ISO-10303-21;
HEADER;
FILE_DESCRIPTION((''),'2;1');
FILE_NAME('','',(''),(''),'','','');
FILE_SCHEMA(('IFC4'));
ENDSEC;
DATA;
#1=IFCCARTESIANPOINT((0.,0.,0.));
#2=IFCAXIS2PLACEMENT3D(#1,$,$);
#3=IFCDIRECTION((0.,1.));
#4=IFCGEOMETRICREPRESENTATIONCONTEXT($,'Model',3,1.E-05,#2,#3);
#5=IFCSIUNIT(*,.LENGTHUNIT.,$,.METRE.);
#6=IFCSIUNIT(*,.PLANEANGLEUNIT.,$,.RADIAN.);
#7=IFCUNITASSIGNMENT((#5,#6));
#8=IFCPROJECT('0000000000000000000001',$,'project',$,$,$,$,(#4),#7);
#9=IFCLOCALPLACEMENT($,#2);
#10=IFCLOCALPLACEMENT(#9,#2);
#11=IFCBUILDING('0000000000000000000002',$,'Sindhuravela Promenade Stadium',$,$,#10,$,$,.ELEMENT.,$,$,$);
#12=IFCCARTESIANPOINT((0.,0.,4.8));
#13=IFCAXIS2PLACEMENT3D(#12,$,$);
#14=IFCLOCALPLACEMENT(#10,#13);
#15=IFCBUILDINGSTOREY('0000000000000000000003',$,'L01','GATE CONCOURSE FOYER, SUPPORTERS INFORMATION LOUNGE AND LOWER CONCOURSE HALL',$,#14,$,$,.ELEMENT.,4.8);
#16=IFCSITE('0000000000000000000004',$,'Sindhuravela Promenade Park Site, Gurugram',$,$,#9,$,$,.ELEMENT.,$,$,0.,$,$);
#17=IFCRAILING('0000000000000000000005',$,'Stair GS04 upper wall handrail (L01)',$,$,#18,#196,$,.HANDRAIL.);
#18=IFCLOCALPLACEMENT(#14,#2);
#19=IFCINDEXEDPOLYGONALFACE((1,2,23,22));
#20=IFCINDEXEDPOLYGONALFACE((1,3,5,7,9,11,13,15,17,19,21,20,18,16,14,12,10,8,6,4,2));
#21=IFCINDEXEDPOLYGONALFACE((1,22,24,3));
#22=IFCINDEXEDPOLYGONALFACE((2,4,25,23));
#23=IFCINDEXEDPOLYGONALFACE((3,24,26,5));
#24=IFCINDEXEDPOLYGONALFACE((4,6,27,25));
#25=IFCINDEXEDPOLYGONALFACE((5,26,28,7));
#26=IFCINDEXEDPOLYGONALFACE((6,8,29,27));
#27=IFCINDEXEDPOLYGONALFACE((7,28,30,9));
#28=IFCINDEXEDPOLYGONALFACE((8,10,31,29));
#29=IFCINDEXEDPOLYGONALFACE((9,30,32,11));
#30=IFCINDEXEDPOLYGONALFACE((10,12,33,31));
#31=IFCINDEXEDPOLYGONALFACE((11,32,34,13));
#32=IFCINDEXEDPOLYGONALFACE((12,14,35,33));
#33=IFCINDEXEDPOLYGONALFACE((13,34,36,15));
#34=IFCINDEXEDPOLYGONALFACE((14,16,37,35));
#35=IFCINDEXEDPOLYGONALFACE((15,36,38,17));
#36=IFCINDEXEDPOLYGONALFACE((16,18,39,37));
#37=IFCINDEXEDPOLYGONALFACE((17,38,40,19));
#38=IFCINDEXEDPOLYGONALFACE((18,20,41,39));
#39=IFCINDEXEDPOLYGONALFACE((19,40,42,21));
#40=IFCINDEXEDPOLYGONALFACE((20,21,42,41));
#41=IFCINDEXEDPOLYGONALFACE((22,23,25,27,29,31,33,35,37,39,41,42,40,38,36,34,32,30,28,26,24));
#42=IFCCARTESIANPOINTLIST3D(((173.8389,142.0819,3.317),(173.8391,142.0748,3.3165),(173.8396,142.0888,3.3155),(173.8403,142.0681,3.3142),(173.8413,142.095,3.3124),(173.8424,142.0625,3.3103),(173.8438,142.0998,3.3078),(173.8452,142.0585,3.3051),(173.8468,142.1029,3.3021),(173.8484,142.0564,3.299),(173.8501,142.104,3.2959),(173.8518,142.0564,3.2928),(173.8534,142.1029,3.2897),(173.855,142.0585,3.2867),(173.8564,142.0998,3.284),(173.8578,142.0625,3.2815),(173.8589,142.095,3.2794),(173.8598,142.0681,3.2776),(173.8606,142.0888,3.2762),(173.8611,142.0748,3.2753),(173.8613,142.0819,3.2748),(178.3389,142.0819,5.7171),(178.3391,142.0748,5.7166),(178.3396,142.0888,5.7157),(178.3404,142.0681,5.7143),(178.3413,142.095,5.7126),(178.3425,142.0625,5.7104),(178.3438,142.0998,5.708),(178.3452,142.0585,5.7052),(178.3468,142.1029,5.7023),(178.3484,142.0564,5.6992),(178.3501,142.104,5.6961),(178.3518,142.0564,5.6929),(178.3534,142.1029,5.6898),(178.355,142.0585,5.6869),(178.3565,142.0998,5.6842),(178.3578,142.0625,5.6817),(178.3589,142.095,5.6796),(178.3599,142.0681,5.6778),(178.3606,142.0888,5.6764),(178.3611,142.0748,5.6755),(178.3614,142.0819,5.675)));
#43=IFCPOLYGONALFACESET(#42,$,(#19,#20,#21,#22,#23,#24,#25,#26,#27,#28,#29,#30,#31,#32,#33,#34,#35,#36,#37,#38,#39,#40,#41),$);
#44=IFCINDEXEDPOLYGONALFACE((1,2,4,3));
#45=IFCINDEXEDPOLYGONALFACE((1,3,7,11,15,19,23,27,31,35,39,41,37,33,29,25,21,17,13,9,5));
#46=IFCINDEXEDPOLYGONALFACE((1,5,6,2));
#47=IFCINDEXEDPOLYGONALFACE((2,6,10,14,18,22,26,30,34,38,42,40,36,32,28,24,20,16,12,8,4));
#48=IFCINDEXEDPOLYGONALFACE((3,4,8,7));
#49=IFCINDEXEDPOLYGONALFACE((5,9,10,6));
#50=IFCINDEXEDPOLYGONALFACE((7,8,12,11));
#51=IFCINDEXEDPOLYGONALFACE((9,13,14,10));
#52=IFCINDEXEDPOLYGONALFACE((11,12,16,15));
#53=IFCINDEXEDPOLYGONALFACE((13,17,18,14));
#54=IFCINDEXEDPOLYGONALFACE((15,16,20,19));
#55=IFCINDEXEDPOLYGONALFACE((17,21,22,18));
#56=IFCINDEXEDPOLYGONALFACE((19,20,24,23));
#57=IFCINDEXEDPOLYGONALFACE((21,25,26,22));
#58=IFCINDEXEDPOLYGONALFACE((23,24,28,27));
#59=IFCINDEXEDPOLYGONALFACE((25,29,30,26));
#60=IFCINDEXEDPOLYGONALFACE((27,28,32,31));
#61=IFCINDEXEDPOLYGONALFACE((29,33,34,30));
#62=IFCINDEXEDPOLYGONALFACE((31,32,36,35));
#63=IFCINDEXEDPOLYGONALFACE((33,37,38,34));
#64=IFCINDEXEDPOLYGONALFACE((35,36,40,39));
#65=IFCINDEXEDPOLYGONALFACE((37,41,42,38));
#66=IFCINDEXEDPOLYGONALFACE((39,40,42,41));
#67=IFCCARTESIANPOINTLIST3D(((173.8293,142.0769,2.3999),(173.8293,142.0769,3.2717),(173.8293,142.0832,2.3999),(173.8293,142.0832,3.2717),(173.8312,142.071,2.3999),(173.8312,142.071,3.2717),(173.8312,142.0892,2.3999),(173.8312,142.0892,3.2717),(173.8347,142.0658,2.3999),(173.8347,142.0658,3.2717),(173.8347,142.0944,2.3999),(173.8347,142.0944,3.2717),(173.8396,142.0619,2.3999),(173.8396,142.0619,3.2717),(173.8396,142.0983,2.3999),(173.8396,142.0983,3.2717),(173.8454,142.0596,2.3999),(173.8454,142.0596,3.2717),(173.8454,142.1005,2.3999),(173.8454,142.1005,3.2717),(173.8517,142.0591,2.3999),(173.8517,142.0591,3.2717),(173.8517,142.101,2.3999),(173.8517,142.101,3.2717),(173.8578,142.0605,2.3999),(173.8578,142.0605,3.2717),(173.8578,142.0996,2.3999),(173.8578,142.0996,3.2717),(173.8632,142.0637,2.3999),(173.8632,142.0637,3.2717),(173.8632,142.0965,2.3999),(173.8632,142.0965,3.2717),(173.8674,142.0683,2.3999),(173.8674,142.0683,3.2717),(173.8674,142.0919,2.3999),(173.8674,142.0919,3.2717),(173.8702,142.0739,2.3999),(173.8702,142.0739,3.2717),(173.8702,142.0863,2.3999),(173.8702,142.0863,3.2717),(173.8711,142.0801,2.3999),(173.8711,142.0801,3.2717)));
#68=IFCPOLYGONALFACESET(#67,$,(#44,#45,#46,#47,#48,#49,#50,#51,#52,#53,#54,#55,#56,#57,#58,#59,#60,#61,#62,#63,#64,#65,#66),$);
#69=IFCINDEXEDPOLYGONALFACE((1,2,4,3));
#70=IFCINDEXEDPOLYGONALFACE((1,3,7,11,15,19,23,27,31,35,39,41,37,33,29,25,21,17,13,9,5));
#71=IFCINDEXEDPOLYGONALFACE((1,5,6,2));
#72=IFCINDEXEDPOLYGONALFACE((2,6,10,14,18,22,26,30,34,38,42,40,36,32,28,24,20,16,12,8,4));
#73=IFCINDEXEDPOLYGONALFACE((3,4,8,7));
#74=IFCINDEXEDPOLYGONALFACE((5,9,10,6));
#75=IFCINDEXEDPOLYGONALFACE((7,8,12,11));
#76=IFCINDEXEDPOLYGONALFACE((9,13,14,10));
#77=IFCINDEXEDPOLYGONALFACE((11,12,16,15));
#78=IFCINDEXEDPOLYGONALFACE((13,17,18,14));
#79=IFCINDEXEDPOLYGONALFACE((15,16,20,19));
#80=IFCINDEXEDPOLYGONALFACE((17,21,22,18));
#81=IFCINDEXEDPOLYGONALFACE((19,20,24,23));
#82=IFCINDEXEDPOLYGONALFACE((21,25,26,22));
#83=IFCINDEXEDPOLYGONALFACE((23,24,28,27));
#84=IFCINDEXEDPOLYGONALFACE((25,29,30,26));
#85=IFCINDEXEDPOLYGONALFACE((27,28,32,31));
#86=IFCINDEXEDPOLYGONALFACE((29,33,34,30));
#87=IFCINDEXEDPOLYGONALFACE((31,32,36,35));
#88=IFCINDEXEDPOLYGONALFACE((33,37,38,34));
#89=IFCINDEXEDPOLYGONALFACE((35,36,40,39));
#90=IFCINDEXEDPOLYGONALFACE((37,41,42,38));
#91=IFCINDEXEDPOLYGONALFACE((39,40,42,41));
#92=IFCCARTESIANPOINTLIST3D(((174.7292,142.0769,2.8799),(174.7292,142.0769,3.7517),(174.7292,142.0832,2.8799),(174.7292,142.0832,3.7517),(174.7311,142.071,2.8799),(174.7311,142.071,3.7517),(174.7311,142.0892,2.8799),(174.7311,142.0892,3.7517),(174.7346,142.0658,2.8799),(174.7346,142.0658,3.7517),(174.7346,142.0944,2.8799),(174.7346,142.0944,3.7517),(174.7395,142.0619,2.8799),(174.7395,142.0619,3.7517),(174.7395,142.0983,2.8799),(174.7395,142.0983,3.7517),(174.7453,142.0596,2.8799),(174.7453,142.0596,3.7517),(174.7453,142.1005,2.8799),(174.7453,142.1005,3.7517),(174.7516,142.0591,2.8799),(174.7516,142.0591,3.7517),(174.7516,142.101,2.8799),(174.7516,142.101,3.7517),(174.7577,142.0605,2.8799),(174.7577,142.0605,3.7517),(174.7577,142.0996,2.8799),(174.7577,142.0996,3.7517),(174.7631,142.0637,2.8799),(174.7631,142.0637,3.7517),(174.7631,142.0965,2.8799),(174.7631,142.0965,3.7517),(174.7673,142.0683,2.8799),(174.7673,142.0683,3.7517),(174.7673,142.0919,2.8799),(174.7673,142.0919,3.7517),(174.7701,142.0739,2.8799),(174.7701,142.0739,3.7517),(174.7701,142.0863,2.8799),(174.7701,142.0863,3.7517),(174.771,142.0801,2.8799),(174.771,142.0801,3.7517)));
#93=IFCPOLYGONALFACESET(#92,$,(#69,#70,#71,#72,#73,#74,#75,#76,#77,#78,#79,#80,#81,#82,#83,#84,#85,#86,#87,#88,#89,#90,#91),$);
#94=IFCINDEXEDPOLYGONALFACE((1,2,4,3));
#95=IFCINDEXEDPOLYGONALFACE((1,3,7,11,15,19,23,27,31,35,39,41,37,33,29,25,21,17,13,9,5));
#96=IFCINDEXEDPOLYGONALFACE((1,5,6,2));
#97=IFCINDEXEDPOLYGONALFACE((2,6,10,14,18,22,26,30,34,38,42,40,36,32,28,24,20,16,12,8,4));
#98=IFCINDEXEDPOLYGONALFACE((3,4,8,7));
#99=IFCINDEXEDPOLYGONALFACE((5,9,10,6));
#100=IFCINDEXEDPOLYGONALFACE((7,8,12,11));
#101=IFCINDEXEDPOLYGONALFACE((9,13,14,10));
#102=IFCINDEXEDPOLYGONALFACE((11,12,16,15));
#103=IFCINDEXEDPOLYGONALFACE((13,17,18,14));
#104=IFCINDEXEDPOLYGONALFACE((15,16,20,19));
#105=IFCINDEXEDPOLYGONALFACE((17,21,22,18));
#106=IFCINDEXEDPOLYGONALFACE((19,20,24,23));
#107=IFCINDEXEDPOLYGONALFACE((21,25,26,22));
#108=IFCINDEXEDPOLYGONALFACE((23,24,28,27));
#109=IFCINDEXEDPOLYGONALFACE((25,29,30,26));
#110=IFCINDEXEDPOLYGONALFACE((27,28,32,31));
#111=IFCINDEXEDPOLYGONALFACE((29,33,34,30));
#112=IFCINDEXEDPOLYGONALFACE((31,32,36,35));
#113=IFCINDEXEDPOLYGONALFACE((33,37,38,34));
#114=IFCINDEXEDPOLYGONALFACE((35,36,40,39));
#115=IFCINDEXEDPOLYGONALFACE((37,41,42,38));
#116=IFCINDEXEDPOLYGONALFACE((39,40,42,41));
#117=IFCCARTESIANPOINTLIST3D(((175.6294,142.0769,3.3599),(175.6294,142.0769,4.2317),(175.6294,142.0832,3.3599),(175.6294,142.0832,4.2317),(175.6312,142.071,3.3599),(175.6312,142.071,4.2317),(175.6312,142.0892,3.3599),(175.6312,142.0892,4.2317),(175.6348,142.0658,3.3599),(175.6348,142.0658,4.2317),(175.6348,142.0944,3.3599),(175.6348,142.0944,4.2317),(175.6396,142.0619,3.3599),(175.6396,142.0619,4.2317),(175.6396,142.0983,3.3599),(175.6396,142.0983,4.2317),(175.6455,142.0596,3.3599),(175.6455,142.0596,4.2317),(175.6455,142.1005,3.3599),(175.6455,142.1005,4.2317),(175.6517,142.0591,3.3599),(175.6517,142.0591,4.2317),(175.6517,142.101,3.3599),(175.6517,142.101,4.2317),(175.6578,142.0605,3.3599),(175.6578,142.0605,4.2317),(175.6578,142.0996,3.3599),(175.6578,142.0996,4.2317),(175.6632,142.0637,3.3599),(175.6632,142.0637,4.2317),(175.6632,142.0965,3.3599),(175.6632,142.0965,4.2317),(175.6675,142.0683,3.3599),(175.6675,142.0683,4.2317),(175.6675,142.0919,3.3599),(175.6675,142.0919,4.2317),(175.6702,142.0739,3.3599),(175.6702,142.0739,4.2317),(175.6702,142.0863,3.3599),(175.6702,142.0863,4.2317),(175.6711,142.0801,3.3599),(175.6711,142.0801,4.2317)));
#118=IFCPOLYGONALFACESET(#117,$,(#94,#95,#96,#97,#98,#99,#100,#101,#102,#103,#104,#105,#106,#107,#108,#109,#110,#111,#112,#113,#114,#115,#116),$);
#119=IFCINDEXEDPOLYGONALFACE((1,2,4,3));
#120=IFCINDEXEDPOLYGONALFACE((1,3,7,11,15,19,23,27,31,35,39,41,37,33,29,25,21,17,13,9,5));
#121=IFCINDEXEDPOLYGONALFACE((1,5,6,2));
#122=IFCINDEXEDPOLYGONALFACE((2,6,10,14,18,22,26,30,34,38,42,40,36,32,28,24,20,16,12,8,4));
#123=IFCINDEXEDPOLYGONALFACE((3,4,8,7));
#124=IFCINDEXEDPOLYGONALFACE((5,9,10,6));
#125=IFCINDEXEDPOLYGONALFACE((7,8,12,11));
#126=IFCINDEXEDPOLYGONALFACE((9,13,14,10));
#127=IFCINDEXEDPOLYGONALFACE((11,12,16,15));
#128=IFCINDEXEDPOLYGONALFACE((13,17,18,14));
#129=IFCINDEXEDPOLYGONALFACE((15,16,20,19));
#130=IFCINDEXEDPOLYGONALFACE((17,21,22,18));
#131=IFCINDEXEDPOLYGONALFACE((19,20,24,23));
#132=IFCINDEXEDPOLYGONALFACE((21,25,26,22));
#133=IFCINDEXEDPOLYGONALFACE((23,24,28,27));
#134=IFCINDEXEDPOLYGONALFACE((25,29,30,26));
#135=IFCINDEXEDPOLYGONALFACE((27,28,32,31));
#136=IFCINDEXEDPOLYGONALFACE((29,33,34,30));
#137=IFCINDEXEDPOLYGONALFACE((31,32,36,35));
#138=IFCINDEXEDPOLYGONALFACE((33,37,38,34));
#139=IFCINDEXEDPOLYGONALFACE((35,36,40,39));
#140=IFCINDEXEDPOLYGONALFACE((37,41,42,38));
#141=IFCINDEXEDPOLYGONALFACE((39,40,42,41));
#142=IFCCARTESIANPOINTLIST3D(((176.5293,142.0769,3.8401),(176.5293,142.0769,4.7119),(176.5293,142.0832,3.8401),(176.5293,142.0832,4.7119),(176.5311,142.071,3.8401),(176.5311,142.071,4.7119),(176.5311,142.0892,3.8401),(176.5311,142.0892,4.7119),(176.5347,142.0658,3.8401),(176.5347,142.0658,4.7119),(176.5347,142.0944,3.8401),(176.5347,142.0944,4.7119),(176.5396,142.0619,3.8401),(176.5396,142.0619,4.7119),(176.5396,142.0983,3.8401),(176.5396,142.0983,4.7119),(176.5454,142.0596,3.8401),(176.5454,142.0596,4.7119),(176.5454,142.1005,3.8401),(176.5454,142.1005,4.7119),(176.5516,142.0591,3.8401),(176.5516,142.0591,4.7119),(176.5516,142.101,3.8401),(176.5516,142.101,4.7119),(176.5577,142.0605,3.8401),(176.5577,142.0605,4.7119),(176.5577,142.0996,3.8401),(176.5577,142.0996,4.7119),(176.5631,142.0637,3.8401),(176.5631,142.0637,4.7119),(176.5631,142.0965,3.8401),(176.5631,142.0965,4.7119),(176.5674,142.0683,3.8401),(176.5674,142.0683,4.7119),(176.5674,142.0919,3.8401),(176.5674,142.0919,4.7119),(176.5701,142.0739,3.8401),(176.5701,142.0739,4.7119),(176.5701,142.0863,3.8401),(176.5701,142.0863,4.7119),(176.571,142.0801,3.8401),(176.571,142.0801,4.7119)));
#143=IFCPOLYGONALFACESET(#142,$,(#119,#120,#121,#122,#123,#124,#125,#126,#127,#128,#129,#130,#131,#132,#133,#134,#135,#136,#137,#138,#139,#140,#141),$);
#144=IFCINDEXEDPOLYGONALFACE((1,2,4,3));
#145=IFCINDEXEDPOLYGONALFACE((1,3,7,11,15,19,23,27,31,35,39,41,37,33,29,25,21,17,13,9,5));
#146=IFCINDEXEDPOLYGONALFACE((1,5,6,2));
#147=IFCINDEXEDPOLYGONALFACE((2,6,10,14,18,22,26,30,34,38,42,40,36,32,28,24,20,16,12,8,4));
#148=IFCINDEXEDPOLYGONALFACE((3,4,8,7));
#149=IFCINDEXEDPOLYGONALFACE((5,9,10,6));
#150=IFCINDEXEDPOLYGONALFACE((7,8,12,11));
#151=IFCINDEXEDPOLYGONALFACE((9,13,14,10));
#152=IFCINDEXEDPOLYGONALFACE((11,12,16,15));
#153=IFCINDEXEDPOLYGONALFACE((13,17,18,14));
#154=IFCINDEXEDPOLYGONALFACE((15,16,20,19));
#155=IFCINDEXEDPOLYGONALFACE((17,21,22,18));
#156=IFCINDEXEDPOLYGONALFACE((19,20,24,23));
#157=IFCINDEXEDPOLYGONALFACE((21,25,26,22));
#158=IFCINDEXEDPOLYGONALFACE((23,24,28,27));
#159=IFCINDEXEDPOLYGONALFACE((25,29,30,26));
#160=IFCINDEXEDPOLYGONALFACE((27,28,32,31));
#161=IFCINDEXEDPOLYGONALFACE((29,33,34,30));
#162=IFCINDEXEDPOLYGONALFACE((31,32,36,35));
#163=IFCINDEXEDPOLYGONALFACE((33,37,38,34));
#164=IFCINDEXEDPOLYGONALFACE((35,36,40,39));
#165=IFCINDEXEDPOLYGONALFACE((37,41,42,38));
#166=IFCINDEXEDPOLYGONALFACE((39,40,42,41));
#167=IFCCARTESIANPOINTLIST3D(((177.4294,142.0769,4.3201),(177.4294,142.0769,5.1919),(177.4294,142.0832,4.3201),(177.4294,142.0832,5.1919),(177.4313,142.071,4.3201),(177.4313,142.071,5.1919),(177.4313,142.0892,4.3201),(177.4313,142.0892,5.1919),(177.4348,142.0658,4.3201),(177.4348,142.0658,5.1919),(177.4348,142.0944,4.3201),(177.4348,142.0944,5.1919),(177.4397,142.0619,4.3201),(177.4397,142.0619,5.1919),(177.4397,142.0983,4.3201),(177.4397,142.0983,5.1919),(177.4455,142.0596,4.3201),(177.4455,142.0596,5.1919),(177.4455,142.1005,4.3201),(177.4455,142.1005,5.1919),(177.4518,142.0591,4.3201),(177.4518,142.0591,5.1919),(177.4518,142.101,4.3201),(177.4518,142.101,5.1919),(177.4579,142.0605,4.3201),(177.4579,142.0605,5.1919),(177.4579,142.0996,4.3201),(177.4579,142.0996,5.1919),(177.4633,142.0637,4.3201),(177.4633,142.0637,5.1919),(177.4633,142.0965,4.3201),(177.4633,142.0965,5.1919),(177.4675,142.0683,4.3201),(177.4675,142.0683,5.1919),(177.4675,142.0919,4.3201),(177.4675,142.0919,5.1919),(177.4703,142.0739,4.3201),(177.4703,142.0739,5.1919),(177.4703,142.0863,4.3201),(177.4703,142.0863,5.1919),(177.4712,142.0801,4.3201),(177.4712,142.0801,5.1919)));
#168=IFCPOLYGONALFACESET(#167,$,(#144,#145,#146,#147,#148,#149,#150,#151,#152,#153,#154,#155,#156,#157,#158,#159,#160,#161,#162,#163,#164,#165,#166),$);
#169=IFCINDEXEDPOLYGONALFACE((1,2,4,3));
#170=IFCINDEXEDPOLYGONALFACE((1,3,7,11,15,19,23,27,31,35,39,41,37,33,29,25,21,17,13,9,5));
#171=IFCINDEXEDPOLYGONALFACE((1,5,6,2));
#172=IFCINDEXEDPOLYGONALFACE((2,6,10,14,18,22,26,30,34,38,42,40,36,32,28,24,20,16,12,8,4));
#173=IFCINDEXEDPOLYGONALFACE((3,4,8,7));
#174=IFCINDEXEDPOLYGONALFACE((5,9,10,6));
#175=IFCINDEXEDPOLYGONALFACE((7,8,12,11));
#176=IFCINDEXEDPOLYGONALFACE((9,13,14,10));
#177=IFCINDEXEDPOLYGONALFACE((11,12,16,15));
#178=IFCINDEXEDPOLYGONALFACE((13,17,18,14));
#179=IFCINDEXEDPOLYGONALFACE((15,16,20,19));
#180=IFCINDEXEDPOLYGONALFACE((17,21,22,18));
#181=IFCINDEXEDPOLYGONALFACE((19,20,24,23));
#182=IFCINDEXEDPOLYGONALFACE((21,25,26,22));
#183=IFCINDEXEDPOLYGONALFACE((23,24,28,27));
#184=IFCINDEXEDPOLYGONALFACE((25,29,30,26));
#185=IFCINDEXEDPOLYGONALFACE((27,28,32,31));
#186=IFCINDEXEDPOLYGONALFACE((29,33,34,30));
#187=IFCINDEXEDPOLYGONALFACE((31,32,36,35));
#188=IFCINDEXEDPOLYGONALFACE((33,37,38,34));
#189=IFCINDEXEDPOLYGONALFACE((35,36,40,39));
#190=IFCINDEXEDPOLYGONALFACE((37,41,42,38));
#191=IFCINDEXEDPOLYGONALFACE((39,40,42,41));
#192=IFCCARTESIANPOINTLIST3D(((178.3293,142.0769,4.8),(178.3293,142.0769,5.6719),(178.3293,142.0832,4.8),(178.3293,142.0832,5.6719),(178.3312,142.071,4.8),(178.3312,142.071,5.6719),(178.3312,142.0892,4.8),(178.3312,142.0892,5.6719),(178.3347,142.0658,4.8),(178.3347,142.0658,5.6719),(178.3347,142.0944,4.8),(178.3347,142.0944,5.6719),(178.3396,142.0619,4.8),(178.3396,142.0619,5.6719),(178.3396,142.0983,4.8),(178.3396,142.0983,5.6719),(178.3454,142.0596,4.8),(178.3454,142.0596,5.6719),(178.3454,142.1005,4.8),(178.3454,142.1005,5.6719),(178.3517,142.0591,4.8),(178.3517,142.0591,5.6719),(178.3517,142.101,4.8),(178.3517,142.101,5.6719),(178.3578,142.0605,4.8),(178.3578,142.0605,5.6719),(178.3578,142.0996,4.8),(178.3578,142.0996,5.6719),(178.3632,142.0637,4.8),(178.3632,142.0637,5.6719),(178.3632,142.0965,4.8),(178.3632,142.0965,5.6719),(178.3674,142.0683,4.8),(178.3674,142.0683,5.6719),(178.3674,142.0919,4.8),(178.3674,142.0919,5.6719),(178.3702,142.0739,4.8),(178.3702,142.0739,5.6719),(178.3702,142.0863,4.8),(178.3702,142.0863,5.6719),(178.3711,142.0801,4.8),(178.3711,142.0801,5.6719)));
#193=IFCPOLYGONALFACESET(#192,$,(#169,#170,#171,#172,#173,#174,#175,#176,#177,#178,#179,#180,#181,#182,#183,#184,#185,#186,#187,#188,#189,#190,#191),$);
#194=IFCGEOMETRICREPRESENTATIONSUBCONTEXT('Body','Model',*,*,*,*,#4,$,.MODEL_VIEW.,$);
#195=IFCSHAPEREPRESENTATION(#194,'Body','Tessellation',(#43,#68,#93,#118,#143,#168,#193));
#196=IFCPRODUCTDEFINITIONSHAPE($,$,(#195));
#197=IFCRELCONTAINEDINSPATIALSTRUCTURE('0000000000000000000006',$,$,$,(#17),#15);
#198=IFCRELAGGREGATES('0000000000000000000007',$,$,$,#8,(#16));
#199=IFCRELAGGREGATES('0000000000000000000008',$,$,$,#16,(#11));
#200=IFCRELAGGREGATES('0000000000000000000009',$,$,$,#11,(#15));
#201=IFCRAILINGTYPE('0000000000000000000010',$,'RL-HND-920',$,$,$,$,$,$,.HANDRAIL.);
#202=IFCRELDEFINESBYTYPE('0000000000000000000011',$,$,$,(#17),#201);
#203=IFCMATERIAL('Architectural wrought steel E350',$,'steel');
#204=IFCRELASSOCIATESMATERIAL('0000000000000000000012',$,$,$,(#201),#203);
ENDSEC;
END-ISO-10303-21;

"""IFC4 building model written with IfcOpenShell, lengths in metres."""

from ifc_helpers import new_model, si_unit, direction, frame, origin, origin_2d, place, context, subcontext, project, spatial, circle, extrude, material, type_object, element, save


model = new_model("IFC4")

# Units and contexts
model_context = context("Model", 3, precision=1e-05, world=origin(), true_north=direction((0.0, 1.0)))
body_context = subcontext(model_context, "Body", "Model", "MODEL_VIEW")
ifc_project = project(units=[si_unit("LENGTHUNIT", "METRE"), si_unit("PLANEANGLEUNIT", "RADIAN")], contexts=[model_context])

# Site, building, storey
site_placement = place(None, origin())
site = spatial("IfcSite", under=ifc_project, at=site_placement, Name="Sindhuravela Promenade Park Site, Gurugram", CompositionType="ELEMENT", RefElevation=0.0)
building_placement = place(site_placement, origin())
building = spatial("IfcBuilding", under=site, at=building_placement, Name="Sindhuravela Promenade Stadium", CompositionType="ELEMENT")
storey_placement = place(building_placement, frame((0.0, 0.0, 4.8)))
storey = spatial("IfcBuildingStorey", under=building, at=storey_placement, Name="L01", Description="GATE CONCOURSE FOYER, SUPPORTERS INFORMATION LOUNGE AND LOWER CONCOURSE HALL", CompositionType="ELEMENT", Elevation=4.8)

# Railing
ifc_material_1 = material(Name="Architectural wrought steel E350", Category="steel")
railing_type = type_object("IfcRailingType", Name="RL-HND-920", PredefinedType="HANDRAIL", material=ifc_material_1)
railing_placement = place(storey_placement, frame((173.8501, 142.0801, 2.3999)))
element("IfcRailing", 1, at=railing_placement, inside=storey, type_object=railing_type, Name="Stair GS04 upper wall handrail (L01)", PredefinedType="HANDRAIL", context=body_context, shape_type="SweptSolid", body=[
    extrude(circle(Radius=0.0239, at=origin_2d()), frame((0.0, 0.0, 0.896), z_axis=(0.882341, 0.0, 0.470611), x_axis=(0.0, 1.0, 0.0)), (0.0, 0.0, 1.0), 5.1001),
    extrude(circle(Radius=0.021, at=origin_2d()), origin(), (0.0, 0.0, 1.0), 0.8718),
    extrude(circle(Radius=0.021, at=origin_2d()), frame((0.8999, 0.0, 0.48)), (0.0, 0.0, 1.0), 0.8718),
    extrude(circle(Radius=0.021, at=origin_2d()), frame((1.8, 0.0, 0.96)), (0.0, 0.0, 1.0), 0.8718),
    extrude(circle(Radius=0.021, at=origin_2d()), frame((2.7, 0.0, 1.4402)), (0.0, 0.0, 1.0), 0.8718),
    extrude(circle(Radius=0.021, at=origin_2d()), frame((3.6001, 0.0, 1.9202)), (0.0, 0.0, 1.0), 0.8718),
    extrude(circle(Radius=0.021, at=origin_2d()), frame((4.5, 0.0, 2.4001)), (0.0, 0.0, 1.0), 0.8718),
])

save(model, "model.ifc")
